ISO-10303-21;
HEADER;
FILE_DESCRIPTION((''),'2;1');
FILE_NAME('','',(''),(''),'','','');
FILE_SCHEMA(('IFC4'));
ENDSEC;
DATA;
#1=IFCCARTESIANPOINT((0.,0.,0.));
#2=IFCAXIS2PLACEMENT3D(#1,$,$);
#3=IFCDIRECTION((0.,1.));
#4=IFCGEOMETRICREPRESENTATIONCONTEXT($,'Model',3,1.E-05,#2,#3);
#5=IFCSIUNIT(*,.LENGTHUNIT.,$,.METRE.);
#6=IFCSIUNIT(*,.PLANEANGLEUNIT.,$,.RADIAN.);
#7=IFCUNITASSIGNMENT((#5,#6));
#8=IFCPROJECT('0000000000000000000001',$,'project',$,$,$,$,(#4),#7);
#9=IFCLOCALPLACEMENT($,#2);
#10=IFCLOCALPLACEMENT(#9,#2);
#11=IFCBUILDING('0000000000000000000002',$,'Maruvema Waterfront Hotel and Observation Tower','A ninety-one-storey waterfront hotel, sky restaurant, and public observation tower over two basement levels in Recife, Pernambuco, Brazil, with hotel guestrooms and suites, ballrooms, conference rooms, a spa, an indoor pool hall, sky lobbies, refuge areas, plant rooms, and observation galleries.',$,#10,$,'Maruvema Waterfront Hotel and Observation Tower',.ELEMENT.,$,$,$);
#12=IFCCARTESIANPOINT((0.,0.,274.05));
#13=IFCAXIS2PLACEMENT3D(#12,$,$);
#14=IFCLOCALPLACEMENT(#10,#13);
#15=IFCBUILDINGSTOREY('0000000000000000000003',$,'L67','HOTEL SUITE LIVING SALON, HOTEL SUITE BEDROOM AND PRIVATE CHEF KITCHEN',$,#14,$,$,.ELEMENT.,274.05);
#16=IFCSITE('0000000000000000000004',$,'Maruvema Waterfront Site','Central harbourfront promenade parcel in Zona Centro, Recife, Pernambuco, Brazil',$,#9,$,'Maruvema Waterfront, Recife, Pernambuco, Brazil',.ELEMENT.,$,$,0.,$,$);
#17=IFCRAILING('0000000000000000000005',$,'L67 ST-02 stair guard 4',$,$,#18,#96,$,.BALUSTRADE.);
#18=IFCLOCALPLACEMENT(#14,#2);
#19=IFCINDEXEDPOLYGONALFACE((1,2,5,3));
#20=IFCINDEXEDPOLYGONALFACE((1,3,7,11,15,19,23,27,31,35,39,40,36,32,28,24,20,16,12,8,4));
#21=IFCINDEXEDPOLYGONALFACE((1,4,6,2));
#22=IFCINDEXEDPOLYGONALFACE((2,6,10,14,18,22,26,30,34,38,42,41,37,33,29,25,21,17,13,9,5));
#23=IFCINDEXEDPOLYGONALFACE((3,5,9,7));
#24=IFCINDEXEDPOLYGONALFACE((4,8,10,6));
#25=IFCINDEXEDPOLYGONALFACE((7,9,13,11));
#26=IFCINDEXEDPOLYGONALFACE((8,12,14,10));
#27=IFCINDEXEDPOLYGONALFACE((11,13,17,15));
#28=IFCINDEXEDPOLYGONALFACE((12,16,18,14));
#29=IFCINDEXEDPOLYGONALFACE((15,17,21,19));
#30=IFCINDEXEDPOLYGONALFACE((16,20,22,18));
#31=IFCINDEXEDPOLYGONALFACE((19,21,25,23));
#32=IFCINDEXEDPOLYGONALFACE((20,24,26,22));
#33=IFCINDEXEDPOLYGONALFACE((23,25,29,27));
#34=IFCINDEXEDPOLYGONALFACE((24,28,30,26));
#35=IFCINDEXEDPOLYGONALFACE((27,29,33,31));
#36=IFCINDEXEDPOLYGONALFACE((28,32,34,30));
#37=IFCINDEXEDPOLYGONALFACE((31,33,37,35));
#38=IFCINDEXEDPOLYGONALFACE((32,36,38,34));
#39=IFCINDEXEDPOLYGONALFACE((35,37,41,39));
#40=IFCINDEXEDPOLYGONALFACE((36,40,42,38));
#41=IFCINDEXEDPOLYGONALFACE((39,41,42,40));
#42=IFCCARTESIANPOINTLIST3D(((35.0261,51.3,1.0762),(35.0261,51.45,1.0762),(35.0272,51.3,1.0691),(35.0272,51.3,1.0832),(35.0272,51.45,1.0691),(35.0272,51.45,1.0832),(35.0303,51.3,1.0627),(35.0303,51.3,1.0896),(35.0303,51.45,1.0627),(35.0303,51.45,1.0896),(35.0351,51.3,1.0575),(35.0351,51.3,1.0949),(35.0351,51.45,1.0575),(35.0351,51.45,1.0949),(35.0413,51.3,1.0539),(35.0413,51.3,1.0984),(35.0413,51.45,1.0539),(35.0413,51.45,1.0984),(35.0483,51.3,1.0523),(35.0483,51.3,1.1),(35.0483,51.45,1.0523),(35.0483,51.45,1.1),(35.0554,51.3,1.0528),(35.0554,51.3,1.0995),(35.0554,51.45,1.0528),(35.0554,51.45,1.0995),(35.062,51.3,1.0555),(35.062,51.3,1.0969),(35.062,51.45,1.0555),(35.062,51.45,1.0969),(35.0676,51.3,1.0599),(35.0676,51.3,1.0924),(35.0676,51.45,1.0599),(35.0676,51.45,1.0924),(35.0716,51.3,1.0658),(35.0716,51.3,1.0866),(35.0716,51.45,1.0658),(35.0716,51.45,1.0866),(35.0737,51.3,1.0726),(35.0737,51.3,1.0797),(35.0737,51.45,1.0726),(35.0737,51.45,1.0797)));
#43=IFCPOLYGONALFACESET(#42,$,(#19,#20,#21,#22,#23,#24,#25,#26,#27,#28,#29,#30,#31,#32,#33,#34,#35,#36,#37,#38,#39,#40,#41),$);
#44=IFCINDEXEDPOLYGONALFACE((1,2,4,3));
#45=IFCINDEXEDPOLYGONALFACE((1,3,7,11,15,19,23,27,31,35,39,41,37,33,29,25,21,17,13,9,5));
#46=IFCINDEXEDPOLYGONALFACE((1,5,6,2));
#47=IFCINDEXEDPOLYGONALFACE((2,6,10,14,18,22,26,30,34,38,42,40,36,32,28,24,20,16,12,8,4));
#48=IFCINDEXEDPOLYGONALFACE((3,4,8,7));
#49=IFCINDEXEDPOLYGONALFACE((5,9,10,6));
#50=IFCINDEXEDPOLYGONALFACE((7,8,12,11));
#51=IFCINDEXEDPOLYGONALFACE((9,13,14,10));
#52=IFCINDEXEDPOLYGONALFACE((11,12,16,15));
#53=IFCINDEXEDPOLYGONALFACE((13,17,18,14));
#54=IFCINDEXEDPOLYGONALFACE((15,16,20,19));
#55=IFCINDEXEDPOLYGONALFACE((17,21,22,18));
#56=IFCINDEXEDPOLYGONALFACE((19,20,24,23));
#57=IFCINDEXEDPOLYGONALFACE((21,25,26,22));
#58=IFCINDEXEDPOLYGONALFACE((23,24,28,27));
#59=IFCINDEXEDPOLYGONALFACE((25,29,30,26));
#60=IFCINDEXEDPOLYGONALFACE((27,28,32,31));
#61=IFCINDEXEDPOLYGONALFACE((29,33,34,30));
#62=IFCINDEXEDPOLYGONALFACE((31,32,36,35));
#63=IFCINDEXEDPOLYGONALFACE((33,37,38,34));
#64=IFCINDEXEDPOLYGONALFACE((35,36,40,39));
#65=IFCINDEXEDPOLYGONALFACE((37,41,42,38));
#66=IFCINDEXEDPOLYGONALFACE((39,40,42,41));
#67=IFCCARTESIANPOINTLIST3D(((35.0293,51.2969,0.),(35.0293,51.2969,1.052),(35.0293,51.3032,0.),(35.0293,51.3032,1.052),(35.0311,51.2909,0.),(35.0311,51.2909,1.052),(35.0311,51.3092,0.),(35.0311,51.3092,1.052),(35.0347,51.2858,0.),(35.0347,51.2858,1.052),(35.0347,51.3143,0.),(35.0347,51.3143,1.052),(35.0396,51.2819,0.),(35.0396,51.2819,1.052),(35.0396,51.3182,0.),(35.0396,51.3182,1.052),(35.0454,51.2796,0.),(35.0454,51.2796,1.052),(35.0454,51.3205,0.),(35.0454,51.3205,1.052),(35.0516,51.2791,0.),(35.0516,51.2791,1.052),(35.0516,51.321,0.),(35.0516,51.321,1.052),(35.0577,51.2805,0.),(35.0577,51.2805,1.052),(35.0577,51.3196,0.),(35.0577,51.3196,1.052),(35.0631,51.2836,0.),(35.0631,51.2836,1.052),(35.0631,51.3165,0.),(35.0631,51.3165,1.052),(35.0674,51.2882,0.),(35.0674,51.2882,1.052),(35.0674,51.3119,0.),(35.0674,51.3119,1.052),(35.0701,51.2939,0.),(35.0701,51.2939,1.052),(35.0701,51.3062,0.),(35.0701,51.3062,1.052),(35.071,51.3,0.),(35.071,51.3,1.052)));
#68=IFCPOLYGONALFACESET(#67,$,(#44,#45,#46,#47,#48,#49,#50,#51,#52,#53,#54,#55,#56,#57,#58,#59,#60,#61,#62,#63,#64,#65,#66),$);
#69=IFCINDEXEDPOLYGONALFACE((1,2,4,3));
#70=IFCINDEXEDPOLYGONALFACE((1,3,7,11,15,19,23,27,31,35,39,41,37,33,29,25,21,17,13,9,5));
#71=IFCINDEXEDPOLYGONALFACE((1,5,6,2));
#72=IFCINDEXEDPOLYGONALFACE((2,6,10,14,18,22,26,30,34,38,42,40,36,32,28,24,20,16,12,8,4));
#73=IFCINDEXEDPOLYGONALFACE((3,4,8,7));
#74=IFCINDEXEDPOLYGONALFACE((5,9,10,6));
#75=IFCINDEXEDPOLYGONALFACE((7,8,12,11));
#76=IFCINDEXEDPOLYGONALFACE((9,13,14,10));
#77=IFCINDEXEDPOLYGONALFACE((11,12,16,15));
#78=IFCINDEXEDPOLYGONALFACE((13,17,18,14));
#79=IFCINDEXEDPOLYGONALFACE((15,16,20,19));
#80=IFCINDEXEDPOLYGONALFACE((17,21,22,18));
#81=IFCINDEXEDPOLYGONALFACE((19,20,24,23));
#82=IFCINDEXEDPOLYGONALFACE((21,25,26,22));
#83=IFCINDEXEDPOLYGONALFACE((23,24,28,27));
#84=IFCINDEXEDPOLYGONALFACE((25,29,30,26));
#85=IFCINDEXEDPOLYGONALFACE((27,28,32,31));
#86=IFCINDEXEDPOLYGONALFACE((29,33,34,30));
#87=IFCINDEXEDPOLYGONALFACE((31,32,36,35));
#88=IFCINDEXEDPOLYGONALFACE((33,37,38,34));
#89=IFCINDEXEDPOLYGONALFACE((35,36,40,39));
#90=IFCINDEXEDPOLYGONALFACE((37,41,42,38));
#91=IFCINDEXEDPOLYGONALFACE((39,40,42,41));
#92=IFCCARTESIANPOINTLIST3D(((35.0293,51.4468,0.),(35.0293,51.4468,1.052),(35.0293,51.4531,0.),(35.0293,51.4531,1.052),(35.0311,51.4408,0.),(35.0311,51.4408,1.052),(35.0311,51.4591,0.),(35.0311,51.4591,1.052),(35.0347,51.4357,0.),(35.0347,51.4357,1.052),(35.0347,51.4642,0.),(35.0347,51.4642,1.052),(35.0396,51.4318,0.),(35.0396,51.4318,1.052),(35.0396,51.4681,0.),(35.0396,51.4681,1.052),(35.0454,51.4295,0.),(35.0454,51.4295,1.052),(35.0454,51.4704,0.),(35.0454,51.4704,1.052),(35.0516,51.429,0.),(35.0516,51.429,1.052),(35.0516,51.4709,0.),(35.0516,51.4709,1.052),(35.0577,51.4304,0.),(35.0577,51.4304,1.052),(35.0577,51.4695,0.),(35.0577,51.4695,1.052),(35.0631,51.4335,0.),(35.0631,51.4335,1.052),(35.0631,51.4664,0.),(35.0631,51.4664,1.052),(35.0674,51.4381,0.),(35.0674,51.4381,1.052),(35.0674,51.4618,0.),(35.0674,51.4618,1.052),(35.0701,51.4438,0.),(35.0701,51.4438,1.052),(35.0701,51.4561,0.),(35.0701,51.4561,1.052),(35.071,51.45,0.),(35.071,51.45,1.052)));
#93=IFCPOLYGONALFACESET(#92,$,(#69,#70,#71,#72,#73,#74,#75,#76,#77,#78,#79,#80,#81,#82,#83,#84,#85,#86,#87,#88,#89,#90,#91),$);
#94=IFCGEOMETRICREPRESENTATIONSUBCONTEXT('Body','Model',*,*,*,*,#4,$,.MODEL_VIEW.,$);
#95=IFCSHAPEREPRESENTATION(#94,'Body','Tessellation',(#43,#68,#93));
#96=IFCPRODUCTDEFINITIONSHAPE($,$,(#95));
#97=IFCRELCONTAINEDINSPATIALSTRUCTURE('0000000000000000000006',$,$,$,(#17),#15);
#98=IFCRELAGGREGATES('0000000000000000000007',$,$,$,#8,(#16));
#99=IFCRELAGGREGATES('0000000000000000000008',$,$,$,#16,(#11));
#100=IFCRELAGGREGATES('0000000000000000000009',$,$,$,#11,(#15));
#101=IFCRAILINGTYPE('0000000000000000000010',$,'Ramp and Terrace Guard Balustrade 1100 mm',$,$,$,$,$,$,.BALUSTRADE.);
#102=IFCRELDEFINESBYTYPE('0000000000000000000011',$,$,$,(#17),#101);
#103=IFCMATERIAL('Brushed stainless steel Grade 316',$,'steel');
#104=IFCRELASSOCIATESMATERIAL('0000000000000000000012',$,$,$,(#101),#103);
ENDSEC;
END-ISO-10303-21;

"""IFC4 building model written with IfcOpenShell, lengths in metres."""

from ifc_helpers import new_model, si_unit, direction, frame, origin, origin_2d, place, context, subcontext, project, spatial, circle, extrude, material, type_object, element, save


model = new_model("IFC4")

# Units and contexts
model_context = context("Model", 3, precision=1e-05, world=origin(), true_north=direction((0.0, 1.0)))
body_context = subcontext(model_context, "Body", "Model", "MODEL_VIEW")
ifc_project = project(units=[si_unit("LENGTHUNIT", "METRE"), si_unit("PLANEANGLEUNIT", "RADIAN")], contexts=[model_context])

# Site, building, storey
site_placement = place(None, origin())
site = spatial("IfcSite", under=ifc_project, at=site_placement, Name="Maruvema Waterfront Site", Description="Central harbourfront promenade parcel in Zona Centro, Recife, Pernambuco, Brazil", LongName="Maruvema Waterfront, Recife, Pernambuco, Brazil", CompositionType="ELEMENT", RefElevation=0.0)
building_placement = place(site_placement, origin())
building = spatial("IfcBuilding", under=site, at=building_placement, Name="Maruvema Waterfront Hotel and Observation Tower", Description="A ninety-one-storey waterfront hotel, sky restaurant, and public observation tower over two basement levels in Recife, Pernambuco, Brazil, with hotel guestrooms and suites, ballrooms, conference rooms, a spa, an indoor pool hall, sky lobbies, refuge areas, plant rooms, and observation galleries.", LongName="Maruvema Waterfront Hotel and Observation Tower", CompositionType="ELEMENT")
storey_placement = place(building_placement, frame((0.0, 0.0, 274.05)))
storey = spatial("IfcBuildingStorey", under=building, at=storey_placement, Name="L67", Description="HOTEL SUITE LIVING SALON, HOTEL SUITE BEDROOM AND PRIVATE CHEF KITCHEN", CompositionType="ELEMENT", Elevation=274.05)

# Railing
ifc_material_1 = material(Name="Brushed stainless steel Grade 316", Category="steel")
railing_type_1 = type_object("IfcRailingType", Name="Ramp and Terrace Guard Balustrade 1100 mm", PredefinedType="BALUSTRADE", material=ifc_material_1)
railing_1_placement = place(storey_placement, frame((35.05, 51.3, 0.0)))
element("IfcRailing", 1, at=railing_1_placement, inside=storey, type_object=railing_type_1, Name="L67 ST-02 stair guard 4", PredefinedType="BALUSTRADE", context=body_context, shape_type="SweptSolid", body=[
    extrude(circle(Radius=0.0239, at=origin_2d()), frame((0.0, 0.0, 1.0762), z_axis=(0.0, 1.0, 0.0), x_axis=(-1.0, 0.0, 0.0)), (0.0, 0.0, 1.0), 0.1499),
    extrude(circle(Radius=0.021, at=origin_2d()), origin(), (0.0, 0.0, 1.0), 1.052),
    extrude(circle(Radius=0.021, at=origin_2d()), frame((0.0, 0.1499, 0.0)), (0.0, 0.0, 1.0), 1.052),
])

save(model, "model.ifc")
